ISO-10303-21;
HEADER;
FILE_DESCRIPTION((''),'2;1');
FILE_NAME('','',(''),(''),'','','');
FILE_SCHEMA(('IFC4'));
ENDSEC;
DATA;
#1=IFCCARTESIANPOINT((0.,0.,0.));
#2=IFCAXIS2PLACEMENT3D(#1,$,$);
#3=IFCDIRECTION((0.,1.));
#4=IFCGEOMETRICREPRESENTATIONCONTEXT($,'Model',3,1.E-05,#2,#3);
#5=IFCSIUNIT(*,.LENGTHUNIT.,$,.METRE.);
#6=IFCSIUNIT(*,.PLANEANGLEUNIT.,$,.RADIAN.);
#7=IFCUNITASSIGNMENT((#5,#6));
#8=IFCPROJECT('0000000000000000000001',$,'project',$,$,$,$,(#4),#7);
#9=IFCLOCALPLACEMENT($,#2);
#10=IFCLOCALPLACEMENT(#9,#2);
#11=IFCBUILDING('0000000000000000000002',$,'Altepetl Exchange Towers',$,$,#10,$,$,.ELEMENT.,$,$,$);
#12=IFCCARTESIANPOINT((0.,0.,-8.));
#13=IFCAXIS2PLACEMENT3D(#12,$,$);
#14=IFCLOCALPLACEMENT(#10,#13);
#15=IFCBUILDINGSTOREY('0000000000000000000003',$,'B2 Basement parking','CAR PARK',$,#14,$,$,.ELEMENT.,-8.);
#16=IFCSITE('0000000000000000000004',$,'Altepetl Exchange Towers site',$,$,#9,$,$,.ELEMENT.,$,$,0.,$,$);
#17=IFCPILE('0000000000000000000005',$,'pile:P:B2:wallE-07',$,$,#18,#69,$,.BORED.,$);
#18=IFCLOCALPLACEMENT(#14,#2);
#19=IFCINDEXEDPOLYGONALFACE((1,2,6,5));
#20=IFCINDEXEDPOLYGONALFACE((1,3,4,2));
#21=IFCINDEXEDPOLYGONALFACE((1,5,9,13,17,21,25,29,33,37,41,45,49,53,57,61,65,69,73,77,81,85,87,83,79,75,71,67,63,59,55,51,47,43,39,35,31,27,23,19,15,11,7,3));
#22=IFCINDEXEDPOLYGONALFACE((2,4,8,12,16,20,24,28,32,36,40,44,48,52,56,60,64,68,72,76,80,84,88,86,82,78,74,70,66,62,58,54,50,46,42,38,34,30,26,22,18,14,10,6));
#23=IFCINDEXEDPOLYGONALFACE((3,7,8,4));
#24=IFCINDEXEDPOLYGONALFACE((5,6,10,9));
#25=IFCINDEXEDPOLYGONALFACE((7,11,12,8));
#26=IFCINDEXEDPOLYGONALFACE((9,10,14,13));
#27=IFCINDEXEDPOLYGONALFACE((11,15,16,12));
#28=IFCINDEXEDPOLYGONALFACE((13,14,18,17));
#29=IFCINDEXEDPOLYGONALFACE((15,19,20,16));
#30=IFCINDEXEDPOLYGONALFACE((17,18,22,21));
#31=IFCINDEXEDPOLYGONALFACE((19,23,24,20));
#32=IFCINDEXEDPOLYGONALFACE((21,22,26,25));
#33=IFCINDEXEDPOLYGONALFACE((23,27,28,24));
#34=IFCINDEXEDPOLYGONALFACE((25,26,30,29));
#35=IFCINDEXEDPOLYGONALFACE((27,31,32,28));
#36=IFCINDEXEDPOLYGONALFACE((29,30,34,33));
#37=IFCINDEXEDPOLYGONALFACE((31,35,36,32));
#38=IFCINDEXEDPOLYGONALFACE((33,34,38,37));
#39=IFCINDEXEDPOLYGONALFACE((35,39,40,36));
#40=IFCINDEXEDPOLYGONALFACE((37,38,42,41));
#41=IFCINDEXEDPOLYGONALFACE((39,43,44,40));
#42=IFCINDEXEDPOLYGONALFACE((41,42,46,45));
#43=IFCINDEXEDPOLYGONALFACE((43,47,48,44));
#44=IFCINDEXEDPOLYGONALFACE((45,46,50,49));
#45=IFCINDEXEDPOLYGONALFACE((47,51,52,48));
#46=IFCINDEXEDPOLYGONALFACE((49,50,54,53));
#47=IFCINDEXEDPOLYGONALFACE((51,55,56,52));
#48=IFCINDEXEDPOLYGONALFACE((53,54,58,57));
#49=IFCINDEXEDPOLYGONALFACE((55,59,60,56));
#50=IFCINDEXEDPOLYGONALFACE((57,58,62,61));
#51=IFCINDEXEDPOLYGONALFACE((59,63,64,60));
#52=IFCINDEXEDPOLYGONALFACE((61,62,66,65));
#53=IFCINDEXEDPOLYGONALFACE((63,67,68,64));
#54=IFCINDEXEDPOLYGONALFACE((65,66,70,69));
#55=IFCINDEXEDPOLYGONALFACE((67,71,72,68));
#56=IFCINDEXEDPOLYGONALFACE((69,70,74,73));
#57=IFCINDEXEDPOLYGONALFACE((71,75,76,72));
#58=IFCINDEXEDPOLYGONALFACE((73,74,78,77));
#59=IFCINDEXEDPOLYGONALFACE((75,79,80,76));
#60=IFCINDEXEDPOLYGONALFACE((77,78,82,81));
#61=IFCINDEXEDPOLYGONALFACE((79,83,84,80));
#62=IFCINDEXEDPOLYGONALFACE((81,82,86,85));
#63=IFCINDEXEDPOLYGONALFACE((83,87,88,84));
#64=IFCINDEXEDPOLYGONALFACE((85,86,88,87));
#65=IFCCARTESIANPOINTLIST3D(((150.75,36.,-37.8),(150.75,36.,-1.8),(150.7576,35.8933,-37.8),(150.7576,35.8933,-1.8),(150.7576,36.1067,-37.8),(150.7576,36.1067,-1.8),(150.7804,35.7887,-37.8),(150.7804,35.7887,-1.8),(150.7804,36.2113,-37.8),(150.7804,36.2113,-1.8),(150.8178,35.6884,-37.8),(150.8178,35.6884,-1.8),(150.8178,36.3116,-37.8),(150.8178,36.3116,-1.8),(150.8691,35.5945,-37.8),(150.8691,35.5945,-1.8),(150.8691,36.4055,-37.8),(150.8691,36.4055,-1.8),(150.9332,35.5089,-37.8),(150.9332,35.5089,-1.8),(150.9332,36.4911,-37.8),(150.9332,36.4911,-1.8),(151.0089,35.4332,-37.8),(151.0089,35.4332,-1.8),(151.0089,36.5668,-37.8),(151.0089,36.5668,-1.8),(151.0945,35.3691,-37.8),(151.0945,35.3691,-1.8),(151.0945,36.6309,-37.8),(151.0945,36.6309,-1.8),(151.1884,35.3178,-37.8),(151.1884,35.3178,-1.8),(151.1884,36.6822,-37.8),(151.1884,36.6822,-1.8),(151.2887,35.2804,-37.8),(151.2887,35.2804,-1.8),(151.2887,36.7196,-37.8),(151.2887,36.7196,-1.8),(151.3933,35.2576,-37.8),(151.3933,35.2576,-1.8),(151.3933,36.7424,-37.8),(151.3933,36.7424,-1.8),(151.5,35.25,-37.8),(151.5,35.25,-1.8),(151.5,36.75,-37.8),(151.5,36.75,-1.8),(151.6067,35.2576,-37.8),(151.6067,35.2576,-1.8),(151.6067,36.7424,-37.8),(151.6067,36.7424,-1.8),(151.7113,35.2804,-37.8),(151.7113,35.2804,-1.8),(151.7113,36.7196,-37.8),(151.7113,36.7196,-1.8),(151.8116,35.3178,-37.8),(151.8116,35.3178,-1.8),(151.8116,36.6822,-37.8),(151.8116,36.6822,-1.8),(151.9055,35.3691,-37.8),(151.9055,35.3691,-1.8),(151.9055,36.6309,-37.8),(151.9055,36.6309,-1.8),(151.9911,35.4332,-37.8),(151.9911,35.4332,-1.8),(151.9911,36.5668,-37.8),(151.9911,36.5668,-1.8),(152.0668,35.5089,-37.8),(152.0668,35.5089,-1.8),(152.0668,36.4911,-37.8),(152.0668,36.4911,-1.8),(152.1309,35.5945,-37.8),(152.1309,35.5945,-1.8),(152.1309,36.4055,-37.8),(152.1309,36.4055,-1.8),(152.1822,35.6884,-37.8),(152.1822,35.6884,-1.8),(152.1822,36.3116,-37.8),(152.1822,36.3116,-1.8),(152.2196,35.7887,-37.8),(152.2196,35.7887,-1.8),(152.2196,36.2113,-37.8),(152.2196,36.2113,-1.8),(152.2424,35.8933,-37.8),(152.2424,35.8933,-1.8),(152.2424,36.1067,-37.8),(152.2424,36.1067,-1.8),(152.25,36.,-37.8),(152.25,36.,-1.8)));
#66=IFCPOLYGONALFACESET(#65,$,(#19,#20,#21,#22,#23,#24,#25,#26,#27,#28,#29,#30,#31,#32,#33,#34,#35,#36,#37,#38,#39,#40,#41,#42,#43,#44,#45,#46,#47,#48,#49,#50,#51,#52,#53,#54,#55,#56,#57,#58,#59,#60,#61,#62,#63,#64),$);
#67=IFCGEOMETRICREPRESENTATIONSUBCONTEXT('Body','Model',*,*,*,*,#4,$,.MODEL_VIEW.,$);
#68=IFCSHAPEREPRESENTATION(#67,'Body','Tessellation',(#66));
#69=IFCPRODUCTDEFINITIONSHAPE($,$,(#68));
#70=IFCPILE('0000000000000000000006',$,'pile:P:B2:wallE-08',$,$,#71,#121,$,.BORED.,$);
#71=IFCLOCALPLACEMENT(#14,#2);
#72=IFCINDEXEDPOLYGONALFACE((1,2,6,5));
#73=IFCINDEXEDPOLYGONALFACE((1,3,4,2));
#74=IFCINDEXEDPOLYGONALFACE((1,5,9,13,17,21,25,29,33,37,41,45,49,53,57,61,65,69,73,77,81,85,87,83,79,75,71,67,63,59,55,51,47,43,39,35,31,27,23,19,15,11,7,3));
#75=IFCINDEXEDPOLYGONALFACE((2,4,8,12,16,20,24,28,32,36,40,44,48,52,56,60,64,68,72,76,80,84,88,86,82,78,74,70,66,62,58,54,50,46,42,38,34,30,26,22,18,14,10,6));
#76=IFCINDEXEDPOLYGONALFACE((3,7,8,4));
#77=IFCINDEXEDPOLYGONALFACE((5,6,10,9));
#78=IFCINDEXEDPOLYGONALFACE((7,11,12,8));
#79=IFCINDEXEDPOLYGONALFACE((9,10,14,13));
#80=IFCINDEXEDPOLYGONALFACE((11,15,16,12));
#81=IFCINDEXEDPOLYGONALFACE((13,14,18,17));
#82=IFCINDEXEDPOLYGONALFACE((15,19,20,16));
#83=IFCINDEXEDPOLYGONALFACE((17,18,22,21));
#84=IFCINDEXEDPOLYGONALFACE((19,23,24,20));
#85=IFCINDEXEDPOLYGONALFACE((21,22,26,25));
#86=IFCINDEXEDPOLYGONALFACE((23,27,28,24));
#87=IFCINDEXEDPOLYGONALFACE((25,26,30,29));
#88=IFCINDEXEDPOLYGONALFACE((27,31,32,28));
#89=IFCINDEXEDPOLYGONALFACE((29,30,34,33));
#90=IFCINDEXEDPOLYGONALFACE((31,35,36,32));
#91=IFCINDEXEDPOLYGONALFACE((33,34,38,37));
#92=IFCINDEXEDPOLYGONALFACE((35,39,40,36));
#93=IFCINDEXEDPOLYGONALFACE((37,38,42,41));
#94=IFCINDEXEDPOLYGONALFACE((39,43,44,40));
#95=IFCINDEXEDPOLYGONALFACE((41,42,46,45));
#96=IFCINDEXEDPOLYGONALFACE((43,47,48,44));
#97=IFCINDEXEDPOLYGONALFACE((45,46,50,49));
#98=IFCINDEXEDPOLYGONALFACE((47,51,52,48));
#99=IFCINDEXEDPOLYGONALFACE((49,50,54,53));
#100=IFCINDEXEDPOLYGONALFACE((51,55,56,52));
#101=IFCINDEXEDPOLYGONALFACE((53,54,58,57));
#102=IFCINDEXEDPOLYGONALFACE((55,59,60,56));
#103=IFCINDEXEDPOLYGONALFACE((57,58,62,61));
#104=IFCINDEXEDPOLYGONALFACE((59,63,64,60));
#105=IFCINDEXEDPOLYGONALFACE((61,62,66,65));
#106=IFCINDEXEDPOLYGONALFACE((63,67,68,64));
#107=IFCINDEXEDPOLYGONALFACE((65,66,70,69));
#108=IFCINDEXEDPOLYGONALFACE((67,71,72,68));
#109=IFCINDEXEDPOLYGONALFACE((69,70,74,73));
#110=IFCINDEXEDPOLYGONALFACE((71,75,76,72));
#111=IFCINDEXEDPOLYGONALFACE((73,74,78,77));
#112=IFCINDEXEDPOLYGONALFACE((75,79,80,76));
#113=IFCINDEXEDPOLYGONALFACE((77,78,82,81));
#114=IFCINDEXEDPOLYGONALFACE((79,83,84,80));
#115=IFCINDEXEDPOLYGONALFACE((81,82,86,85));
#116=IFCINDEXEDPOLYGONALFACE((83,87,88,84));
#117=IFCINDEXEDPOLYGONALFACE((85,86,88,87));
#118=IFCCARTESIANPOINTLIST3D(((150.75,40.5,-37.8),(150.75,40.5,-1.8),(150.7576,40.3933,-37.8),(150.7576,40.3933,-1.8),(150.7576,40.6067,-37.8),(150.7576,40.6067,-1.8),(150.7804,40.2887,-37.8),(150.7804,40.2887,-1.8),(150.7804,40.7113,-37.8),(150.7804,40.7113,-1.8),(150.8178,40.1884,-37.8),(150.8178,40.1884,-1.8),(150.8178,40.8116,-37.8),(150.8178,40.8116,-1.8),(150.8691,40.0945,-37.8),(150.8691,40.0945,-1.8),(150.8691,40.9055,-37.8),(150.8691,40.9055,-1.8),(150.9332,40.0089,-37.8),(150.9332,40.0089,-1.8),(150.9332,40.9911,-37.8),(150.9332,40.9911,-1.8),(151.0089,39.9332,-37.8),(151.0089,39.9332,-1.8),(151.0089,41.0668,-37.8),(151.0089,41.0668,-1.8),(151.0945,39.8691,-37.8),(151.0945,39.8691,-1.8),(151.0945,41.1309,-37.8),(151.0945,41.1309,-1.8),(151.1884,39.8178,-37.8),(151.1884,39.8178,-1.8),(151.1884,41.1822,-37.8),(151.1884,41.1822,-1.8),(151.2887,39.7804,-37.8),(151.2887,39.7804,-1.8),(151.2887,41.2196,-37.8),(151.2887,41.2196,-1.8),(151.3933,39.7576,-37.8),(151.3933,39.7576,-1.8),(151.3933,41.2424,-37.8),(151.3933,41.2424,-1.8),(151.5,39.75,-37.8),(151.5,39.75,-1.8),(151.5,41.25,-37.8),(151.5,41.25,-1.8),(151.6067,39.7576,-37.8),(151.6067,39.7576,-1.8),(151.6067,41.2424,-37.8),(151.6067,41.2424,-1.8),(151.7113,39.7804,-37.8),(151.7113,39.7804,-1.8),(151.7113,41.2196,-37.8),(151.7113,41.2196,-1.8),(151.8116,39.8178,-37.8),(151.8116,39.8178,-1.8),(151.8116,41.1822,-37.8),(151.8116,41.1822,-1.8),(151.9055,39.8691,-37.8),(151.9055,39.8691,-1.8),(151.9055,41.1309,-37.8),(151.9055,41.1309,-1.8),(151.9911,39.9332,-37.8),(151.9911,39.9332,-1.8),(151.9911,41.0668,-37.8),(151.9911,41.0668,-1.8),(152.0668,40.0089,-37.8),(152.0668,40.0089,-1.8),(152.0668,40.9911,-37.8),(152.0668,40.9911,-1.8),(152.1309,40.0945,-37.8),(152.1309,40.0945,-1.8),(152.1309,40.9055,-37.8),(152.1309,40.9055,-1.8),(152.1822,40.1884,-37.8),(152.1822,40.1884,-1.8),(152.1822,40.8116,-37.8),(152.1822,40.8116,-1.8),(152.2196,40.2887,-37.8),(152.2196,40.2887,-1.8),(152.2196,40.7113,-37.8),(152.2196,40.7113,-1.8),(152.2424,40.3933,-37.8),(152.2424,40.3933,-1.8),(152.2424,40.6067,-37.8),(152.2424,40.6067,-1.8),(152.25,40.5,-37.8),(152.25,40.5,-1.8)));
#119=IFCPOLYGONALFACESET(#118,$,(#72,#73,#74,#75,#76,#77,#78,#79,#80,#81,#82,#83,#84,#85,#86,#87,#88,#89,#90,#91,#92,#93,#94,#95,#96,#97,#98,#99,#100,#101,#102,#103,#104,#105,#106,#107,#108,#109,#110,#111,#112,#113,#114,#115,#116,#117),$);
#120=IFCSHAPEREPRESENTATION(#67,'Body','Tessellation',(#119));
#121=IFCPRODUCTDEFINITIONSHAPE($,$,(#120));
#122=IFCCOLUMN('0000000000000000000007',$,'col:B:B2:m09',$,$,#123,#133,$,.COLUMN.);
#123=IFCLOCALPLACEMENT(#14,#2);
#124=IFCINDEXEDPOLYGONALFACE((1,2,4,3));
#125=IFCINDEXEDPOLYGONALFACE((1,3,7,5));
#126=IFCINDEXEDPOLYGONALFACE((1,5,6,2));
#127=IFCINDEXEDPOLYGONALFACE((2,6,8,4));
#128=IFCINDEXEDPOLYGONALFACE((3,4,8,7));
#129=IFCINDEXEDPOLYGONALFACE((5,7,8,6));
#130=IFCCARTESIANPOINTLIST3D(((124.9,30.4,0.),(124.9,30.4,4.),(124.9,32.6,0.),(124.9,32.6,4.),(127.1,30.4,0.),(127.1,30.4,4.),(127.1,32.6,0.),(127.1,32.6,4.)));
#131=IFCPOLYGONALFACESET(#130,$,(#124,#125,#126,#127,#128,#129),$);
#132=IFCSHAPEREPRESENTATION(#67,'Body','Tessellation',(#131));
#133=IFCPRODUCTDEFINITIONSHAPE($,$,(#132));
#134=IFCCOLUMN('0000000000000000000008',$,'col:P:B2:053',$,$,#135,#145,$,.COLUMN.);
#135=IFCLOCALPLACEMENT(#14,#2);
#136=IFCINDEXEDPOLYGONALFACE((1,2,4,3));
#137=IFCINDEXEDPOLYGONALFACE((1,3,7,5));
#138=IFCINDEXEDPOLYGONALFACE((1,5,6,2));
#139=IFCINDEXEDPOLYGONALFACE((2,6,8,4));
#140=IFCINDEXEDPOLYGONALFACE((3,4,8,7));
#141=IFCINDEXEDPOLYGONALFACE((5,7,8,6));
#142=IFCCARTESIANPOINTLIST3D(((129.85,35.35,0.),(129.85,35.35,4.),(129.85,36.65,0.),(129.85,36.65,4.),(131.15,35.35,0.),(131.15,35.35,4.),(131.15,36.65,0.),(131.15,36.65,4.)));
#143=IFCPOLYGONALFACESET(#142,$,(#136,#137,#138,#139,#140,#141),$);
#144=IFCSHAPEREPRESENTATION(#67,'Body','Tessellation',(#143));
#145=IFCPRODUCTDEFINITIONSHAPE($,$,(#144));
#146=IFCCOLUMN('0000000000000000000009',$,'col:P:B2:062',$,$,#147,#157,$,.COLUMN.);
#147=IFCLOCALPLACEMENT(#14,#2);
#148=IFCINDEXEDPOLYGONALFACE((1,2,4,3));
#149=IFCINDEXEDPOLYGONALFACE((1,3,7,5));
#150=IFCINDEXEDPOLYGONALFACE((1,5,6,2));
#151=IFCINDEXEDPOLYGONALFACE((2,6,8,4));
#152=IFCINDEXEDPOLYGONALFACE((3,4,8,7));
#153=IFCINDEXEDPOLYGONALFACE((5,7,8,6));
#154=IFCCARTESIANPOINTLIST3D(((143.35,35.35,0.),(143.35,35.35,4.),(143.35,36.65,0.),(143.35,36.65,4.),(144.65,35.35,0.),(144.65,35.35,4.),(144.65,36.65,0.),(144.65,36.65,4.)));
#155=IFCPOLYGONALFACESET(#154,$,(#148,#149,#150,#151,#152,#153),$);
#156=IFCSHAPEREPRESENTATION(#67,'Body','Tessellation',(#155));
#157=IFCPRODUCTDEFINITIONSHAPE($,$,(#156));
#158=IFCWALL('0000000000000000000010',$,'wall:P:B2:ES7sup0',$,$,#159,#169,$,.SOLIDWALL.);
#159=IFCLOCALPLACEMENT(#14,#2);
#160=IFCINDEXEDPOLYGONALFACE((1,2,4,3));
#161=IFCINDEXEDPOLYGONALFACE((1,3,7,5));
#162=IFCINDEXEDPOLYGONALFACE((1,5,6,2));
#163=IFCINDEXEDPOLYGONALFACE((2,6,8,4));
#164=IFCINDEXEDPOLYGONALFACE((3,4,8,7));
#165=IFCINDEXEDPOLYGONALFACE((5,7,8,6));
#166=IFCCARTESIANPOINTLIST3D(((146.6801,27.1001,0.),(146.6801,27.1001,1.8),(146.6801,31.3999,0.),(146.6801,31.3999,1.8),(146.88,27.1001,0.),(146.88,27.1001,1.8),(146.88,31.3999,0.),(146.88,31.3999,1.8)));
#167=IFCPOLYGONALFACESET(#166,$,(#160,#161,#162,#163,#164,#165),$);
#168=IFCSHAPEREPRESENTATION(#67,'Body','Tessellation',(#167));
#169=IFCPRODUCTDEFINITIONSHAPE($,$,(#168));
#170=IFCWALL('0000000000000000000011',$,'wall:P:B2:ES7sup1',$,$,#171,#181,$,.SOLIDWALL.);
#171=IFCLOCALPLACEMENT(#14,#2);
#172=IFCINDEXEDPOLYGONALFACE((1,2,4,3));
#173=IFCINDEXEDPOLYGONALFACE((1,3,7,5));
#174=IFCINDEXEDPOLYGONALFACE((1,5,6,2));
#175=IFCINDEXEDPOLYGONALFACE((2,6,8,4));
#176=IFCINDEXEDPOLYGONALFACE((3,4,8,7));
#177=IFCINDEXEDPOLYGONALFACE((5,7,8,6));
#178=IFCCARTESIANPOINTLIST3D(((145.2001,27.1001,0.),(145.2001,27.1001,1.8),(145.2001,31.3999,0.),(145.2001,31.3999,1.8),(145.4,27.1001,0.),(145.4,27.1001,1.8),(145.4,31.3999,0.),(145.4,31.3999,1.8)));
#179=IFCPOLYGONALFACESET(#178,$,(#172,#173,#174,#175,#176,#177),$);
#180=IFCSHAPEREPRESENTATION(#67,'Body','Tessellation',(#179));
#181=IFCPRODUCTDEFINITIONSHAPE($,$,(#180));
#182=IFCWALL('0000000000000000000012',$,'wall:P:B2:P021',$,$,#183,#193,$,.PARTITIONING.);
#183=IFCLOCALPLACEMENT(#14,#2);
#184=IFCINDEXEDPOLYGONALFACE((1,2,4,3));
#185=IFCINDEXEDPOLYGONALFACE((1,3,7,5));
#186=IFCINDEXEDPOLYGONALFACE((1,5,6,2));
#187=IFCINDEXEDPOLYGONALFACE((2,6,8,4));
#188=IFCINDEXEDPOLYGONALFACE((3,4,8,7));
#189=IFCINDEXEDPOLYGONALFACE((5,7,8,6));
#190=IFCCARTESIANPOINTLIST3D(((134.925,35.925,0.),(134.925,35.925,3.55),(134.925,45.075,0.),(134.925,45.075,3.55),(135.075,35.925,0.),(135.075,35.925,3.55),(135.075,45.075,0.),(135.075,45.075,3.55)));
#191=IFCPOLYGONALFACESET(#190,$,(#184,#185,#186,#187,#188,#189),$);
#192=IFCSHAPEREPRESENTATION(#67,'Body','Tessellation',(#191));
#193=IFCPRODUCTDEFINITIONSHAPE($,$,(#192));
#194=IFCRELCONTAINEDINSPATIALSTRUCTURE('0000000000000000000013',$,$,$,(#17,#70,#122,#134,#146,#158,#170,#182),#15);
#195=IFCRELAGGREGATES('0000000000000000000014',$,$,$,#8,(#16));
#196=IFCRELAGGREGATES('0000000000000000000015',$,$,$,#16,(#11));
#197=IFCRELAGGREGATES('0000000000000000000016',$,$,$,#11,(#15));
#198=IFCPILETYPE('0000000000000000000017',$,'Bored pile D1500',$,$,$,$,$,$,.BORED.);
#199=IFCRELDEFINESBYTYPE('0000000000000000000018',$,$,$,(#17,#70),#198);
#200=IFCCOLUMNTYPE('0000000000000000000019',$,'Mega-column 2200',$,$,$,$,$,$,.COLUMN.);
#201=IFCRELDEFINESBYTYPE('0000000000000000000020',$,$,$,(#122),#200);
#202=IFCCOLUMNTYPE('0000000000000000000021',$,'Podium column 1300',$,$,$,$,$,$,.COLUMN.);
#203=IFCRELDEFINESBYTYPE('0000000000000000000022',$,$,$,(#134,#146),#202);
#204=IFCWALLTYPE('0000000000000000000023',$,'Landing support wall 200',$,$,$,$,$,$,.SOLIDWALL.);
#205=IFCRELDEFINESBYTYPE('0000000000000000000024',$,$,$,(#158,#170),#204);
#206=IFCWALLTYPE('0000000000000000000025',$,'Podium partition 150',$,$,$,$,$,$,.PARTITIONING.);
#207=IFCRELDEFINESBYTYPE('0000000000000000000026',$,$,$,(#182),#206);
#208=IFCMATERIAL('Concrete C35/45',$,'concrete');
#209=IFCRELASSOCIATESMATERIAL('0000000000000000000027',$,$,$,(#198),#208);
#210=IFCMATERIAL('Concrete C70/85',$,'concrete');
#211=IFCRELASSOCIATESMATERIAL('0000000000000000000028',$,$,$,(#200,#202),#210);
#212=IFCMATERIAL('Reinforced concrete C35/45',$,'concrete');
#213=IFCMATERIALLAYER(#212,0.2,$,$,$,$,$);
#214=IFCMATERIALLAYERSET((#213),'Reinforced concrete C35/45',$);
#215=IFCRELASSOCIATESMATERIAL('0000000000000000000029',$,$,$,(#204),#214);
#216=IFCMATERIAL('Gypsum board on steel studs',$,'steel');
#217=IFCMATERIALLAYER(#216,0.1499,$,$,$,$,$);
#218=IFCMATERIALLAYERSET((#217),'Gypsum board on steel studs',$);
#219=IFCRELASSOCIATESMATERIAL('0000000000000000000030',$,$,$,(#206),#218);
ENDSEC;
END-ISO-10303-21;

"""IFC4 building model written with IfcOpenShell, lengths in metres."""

from ifc_helpers import new_model, si_unit, direction, frame, frame_2d, origin, origin_2d, place, context, subcontext, project, spatial, rectangle, circle, extrude, material, layer, layer_set, material_profile, profile_set, type_object, element, save


model = new_model("IFC4")

# Units and contexts
model_context = context("Model", 3, precision=1e-05, world=origin(), true_north=direction((0.0, 1.0)))
body_context = subcontext(model_context, "Body", "Model", "MODEL_VIEW")
ifc_project = project(units=[si_unit("LENGTHUNIT", "METRE"), si_unit("PLANEANGLEUNIT", "RADIAN")], contexts=[model_context])

# Site, building, storey
site_placement = place(None, origin())
site = spatial("IfcSite", under=ifc_project, at=site_placement, Name="Altepetl Exchange Towers site", CompositionType="ELEMENT", RefElevation=0.0)
building_placement = place(site_placement, origin())
building = spatial("IfcBuilding", under=site, at=building_placement, Name="Altepetl Exchange Towers", CompositionType="ELEMENT")
storey_placement = place(building_placement, frame((0.0, 0.0, -8.0)))
storey = spatial("IfcBuildingStorey", under=building, at=storey_placement, Name="B2 Basement parking", Description="CAR PARK", CompositionType="ELEMENT", Elevation=-8.0)

# Piles
ifc_material_1 = material(Name="Concrete C35/45", Category="concrete")
ifc_material_profile_1 = material_profile(ifc_material_1, circle(Radius=0.75, at=origin_2d()), Name="D1500")
ifc_profile_set_1 = profile_set([ifc_material_profile_1], Name="Concrete C35/45")
pile_type_1 = type_object("IfcPileType", Name="Bored pile D1500", PredefinedType="BORED", material=ifc_profile_set_1)
for number, where, z_axis, x_axis, name in (
    (1, (151.5, 36.0, -1.8), (0.0, 0.0, -1.0), (1.0, 0.0, 0.0), "pile:P:B2:wallE-07"),
    (2, (151.5, 40.5, -1.8), (0.0, 0.0, -1.0), (1.0, 0.0, 0.0), "pile:P:B2:wallE-08"),
):
    element("IfcPile", number, at=place(storey_placement, frame(where, z_axis=z_axis, x_axis=x_axis)), inside=storey, type_object=pile_type_1, Name=name, PredefinedType="BORED", context=body_context, shape_type="SweptSolid", body=[
        extrude(circle(Radius=0.75, at=origin_2d()), origin(), (0.0, 0.0, 1.0), 36.0),
    ])

# Columns
ifc_material_2 = material(Name="Concrete C70/85", Category="concrete")
ifc_material_profile_2 = material_profile(ifc_material_2, rectangle(XDim=2.2, YDim=2.2, at=origin_2d()), Name="2200 x 2200")
ifc_profile_set_2 = profile_set([ifc_material_profile_2], Name="Concrete C70/85")
column_type_1 = type_object("IfcColumnType", Name="Mega-column 2200", PredefinedType="COLUMN", material=ifc_profile_set_2)
column_placement = place(storey_placement, frame((126.0, 31.5, 0.0)))
element("IfcColumn", 3, at=column_placement, inside=storey, type_object=column_type_1, Name="col:B:B2:m09", PredefinedType="COLUMN", context=body_context, shape_type="SweptSolid", body=[
    extrude(rectangle(XDim=2.2, YDim=2.2, at=origin_2d()), origin(), (0.0, 0.0, 1.0), 4.0),
])
ifc_material_profile_3 = material_profile(ifc_material_2, rectangle(XDim=1.3, YDim=1.3, at=origin_2d()), Name="1300 x 1300")
ifc_profile_set_3 = profile_set([ifc_material_profile_3], Name="Concrete C70/85")
column_type_2 = type_object("IfcColumnType", Name="Podium column 1300", PredefinedType="COLUMN", material=ifc_profile_set_3)
for number, where, name in (
    (4, (130.5, 36.0, 0.0), "col:P:B2:053"),
    (5, (144.0, 36.0, 0.0), "col:P:B2:062"),
):
    element("IfcColumn", number, at=place(storey_placement, frame(where)), inside=storey, type_object=column_type_2, Name=name, PredefinedType="COLUMN", context=body_context, shape_type="SweptSolid", body=[
        extrude(rectangle(XDim=1.3, YDim=1.3, at=origin_2d()), origin(), (0.0, 0.0, 1.0), 4.0),
    ])

# Walls
ifc_material_3 = material(Name="Reinforced concrete C35/45", Category="concrete")
ifc_layer_1 = layer(ifc_material_3, 0.2)
ifc_layer_set_1 = layer_set([ifc_layer_1], Name="Reinforced concrete C35/45")
wall_type_1 = type_object("IfcWallType", Name="Landing support wall 200", PredefinedType="SOLIDWALL", material=ifc_layer_set_1)
for number, where, z_axis, x_axis, name in (
    (6, (146.78, 27.1001, 0.0), (0.0, 0.0, 1.0), (0.0, 1.0, 0.0), "wall:P:B2:ES7sup0"),
    (7, (145.3, 27.1001, 0.0), (0.0, 0.0, 1.0), (0.0, 1.0, 0.0), "wall:P:B2:ES7sup1"),
):
    element("IfcWall", number, at=place(storey_placement, frame(where, z_axis=z_axis, x_axis=x_axis)), inside=storey, type_object=wall_type_1, Name=name, PredefinedType="SOLIDWALL", context=body_context, shape_type="SweptSolid", body=[
        extrude(rectangle(XDim=4.2998, YDim=0.2, at=frame_2d((2.1499, 0.0))), origin(), (0.0, 0.0, 1.0), 1.8),
    ])
ifc_material_4 = material(Name="Gypsum board on steel studs", Category="steel")
ifc_layer_2 = layer(ifc_material_4, 0.1499)
ifc_layer_set_2 = layer_set([ifc_layer_2], Name="Gypsum board on steel studs")
wall_type_2 = type_object("IfcWallType", Name="Podium partition 150", PredefinedType="PARTITIONING", material=ifc_layer_set_2)
wall_1_placement = place(storey_placement, frame((135.0, 35.925, 0.0), z_axis=(0.0, 0.0, 1.0), x_axis=(0.0, 1.0, 0.0)))
element("IfcWall", 8, at=wall_1_placement, inside=storey, type_object=wall_type_2, Name="wall:P:B2:P021", PredefinedType="PARTITIONING", context=body_context, shape_type="SweptSolid", body=[
    extrude(rectangle(XDim=9.1499, YDim=0.1499, at=frame_2d((4.575, 0.0))), origin(), (0.0, 0.0, 1.0), 3.55),
])

save(model, "model.ifc")
